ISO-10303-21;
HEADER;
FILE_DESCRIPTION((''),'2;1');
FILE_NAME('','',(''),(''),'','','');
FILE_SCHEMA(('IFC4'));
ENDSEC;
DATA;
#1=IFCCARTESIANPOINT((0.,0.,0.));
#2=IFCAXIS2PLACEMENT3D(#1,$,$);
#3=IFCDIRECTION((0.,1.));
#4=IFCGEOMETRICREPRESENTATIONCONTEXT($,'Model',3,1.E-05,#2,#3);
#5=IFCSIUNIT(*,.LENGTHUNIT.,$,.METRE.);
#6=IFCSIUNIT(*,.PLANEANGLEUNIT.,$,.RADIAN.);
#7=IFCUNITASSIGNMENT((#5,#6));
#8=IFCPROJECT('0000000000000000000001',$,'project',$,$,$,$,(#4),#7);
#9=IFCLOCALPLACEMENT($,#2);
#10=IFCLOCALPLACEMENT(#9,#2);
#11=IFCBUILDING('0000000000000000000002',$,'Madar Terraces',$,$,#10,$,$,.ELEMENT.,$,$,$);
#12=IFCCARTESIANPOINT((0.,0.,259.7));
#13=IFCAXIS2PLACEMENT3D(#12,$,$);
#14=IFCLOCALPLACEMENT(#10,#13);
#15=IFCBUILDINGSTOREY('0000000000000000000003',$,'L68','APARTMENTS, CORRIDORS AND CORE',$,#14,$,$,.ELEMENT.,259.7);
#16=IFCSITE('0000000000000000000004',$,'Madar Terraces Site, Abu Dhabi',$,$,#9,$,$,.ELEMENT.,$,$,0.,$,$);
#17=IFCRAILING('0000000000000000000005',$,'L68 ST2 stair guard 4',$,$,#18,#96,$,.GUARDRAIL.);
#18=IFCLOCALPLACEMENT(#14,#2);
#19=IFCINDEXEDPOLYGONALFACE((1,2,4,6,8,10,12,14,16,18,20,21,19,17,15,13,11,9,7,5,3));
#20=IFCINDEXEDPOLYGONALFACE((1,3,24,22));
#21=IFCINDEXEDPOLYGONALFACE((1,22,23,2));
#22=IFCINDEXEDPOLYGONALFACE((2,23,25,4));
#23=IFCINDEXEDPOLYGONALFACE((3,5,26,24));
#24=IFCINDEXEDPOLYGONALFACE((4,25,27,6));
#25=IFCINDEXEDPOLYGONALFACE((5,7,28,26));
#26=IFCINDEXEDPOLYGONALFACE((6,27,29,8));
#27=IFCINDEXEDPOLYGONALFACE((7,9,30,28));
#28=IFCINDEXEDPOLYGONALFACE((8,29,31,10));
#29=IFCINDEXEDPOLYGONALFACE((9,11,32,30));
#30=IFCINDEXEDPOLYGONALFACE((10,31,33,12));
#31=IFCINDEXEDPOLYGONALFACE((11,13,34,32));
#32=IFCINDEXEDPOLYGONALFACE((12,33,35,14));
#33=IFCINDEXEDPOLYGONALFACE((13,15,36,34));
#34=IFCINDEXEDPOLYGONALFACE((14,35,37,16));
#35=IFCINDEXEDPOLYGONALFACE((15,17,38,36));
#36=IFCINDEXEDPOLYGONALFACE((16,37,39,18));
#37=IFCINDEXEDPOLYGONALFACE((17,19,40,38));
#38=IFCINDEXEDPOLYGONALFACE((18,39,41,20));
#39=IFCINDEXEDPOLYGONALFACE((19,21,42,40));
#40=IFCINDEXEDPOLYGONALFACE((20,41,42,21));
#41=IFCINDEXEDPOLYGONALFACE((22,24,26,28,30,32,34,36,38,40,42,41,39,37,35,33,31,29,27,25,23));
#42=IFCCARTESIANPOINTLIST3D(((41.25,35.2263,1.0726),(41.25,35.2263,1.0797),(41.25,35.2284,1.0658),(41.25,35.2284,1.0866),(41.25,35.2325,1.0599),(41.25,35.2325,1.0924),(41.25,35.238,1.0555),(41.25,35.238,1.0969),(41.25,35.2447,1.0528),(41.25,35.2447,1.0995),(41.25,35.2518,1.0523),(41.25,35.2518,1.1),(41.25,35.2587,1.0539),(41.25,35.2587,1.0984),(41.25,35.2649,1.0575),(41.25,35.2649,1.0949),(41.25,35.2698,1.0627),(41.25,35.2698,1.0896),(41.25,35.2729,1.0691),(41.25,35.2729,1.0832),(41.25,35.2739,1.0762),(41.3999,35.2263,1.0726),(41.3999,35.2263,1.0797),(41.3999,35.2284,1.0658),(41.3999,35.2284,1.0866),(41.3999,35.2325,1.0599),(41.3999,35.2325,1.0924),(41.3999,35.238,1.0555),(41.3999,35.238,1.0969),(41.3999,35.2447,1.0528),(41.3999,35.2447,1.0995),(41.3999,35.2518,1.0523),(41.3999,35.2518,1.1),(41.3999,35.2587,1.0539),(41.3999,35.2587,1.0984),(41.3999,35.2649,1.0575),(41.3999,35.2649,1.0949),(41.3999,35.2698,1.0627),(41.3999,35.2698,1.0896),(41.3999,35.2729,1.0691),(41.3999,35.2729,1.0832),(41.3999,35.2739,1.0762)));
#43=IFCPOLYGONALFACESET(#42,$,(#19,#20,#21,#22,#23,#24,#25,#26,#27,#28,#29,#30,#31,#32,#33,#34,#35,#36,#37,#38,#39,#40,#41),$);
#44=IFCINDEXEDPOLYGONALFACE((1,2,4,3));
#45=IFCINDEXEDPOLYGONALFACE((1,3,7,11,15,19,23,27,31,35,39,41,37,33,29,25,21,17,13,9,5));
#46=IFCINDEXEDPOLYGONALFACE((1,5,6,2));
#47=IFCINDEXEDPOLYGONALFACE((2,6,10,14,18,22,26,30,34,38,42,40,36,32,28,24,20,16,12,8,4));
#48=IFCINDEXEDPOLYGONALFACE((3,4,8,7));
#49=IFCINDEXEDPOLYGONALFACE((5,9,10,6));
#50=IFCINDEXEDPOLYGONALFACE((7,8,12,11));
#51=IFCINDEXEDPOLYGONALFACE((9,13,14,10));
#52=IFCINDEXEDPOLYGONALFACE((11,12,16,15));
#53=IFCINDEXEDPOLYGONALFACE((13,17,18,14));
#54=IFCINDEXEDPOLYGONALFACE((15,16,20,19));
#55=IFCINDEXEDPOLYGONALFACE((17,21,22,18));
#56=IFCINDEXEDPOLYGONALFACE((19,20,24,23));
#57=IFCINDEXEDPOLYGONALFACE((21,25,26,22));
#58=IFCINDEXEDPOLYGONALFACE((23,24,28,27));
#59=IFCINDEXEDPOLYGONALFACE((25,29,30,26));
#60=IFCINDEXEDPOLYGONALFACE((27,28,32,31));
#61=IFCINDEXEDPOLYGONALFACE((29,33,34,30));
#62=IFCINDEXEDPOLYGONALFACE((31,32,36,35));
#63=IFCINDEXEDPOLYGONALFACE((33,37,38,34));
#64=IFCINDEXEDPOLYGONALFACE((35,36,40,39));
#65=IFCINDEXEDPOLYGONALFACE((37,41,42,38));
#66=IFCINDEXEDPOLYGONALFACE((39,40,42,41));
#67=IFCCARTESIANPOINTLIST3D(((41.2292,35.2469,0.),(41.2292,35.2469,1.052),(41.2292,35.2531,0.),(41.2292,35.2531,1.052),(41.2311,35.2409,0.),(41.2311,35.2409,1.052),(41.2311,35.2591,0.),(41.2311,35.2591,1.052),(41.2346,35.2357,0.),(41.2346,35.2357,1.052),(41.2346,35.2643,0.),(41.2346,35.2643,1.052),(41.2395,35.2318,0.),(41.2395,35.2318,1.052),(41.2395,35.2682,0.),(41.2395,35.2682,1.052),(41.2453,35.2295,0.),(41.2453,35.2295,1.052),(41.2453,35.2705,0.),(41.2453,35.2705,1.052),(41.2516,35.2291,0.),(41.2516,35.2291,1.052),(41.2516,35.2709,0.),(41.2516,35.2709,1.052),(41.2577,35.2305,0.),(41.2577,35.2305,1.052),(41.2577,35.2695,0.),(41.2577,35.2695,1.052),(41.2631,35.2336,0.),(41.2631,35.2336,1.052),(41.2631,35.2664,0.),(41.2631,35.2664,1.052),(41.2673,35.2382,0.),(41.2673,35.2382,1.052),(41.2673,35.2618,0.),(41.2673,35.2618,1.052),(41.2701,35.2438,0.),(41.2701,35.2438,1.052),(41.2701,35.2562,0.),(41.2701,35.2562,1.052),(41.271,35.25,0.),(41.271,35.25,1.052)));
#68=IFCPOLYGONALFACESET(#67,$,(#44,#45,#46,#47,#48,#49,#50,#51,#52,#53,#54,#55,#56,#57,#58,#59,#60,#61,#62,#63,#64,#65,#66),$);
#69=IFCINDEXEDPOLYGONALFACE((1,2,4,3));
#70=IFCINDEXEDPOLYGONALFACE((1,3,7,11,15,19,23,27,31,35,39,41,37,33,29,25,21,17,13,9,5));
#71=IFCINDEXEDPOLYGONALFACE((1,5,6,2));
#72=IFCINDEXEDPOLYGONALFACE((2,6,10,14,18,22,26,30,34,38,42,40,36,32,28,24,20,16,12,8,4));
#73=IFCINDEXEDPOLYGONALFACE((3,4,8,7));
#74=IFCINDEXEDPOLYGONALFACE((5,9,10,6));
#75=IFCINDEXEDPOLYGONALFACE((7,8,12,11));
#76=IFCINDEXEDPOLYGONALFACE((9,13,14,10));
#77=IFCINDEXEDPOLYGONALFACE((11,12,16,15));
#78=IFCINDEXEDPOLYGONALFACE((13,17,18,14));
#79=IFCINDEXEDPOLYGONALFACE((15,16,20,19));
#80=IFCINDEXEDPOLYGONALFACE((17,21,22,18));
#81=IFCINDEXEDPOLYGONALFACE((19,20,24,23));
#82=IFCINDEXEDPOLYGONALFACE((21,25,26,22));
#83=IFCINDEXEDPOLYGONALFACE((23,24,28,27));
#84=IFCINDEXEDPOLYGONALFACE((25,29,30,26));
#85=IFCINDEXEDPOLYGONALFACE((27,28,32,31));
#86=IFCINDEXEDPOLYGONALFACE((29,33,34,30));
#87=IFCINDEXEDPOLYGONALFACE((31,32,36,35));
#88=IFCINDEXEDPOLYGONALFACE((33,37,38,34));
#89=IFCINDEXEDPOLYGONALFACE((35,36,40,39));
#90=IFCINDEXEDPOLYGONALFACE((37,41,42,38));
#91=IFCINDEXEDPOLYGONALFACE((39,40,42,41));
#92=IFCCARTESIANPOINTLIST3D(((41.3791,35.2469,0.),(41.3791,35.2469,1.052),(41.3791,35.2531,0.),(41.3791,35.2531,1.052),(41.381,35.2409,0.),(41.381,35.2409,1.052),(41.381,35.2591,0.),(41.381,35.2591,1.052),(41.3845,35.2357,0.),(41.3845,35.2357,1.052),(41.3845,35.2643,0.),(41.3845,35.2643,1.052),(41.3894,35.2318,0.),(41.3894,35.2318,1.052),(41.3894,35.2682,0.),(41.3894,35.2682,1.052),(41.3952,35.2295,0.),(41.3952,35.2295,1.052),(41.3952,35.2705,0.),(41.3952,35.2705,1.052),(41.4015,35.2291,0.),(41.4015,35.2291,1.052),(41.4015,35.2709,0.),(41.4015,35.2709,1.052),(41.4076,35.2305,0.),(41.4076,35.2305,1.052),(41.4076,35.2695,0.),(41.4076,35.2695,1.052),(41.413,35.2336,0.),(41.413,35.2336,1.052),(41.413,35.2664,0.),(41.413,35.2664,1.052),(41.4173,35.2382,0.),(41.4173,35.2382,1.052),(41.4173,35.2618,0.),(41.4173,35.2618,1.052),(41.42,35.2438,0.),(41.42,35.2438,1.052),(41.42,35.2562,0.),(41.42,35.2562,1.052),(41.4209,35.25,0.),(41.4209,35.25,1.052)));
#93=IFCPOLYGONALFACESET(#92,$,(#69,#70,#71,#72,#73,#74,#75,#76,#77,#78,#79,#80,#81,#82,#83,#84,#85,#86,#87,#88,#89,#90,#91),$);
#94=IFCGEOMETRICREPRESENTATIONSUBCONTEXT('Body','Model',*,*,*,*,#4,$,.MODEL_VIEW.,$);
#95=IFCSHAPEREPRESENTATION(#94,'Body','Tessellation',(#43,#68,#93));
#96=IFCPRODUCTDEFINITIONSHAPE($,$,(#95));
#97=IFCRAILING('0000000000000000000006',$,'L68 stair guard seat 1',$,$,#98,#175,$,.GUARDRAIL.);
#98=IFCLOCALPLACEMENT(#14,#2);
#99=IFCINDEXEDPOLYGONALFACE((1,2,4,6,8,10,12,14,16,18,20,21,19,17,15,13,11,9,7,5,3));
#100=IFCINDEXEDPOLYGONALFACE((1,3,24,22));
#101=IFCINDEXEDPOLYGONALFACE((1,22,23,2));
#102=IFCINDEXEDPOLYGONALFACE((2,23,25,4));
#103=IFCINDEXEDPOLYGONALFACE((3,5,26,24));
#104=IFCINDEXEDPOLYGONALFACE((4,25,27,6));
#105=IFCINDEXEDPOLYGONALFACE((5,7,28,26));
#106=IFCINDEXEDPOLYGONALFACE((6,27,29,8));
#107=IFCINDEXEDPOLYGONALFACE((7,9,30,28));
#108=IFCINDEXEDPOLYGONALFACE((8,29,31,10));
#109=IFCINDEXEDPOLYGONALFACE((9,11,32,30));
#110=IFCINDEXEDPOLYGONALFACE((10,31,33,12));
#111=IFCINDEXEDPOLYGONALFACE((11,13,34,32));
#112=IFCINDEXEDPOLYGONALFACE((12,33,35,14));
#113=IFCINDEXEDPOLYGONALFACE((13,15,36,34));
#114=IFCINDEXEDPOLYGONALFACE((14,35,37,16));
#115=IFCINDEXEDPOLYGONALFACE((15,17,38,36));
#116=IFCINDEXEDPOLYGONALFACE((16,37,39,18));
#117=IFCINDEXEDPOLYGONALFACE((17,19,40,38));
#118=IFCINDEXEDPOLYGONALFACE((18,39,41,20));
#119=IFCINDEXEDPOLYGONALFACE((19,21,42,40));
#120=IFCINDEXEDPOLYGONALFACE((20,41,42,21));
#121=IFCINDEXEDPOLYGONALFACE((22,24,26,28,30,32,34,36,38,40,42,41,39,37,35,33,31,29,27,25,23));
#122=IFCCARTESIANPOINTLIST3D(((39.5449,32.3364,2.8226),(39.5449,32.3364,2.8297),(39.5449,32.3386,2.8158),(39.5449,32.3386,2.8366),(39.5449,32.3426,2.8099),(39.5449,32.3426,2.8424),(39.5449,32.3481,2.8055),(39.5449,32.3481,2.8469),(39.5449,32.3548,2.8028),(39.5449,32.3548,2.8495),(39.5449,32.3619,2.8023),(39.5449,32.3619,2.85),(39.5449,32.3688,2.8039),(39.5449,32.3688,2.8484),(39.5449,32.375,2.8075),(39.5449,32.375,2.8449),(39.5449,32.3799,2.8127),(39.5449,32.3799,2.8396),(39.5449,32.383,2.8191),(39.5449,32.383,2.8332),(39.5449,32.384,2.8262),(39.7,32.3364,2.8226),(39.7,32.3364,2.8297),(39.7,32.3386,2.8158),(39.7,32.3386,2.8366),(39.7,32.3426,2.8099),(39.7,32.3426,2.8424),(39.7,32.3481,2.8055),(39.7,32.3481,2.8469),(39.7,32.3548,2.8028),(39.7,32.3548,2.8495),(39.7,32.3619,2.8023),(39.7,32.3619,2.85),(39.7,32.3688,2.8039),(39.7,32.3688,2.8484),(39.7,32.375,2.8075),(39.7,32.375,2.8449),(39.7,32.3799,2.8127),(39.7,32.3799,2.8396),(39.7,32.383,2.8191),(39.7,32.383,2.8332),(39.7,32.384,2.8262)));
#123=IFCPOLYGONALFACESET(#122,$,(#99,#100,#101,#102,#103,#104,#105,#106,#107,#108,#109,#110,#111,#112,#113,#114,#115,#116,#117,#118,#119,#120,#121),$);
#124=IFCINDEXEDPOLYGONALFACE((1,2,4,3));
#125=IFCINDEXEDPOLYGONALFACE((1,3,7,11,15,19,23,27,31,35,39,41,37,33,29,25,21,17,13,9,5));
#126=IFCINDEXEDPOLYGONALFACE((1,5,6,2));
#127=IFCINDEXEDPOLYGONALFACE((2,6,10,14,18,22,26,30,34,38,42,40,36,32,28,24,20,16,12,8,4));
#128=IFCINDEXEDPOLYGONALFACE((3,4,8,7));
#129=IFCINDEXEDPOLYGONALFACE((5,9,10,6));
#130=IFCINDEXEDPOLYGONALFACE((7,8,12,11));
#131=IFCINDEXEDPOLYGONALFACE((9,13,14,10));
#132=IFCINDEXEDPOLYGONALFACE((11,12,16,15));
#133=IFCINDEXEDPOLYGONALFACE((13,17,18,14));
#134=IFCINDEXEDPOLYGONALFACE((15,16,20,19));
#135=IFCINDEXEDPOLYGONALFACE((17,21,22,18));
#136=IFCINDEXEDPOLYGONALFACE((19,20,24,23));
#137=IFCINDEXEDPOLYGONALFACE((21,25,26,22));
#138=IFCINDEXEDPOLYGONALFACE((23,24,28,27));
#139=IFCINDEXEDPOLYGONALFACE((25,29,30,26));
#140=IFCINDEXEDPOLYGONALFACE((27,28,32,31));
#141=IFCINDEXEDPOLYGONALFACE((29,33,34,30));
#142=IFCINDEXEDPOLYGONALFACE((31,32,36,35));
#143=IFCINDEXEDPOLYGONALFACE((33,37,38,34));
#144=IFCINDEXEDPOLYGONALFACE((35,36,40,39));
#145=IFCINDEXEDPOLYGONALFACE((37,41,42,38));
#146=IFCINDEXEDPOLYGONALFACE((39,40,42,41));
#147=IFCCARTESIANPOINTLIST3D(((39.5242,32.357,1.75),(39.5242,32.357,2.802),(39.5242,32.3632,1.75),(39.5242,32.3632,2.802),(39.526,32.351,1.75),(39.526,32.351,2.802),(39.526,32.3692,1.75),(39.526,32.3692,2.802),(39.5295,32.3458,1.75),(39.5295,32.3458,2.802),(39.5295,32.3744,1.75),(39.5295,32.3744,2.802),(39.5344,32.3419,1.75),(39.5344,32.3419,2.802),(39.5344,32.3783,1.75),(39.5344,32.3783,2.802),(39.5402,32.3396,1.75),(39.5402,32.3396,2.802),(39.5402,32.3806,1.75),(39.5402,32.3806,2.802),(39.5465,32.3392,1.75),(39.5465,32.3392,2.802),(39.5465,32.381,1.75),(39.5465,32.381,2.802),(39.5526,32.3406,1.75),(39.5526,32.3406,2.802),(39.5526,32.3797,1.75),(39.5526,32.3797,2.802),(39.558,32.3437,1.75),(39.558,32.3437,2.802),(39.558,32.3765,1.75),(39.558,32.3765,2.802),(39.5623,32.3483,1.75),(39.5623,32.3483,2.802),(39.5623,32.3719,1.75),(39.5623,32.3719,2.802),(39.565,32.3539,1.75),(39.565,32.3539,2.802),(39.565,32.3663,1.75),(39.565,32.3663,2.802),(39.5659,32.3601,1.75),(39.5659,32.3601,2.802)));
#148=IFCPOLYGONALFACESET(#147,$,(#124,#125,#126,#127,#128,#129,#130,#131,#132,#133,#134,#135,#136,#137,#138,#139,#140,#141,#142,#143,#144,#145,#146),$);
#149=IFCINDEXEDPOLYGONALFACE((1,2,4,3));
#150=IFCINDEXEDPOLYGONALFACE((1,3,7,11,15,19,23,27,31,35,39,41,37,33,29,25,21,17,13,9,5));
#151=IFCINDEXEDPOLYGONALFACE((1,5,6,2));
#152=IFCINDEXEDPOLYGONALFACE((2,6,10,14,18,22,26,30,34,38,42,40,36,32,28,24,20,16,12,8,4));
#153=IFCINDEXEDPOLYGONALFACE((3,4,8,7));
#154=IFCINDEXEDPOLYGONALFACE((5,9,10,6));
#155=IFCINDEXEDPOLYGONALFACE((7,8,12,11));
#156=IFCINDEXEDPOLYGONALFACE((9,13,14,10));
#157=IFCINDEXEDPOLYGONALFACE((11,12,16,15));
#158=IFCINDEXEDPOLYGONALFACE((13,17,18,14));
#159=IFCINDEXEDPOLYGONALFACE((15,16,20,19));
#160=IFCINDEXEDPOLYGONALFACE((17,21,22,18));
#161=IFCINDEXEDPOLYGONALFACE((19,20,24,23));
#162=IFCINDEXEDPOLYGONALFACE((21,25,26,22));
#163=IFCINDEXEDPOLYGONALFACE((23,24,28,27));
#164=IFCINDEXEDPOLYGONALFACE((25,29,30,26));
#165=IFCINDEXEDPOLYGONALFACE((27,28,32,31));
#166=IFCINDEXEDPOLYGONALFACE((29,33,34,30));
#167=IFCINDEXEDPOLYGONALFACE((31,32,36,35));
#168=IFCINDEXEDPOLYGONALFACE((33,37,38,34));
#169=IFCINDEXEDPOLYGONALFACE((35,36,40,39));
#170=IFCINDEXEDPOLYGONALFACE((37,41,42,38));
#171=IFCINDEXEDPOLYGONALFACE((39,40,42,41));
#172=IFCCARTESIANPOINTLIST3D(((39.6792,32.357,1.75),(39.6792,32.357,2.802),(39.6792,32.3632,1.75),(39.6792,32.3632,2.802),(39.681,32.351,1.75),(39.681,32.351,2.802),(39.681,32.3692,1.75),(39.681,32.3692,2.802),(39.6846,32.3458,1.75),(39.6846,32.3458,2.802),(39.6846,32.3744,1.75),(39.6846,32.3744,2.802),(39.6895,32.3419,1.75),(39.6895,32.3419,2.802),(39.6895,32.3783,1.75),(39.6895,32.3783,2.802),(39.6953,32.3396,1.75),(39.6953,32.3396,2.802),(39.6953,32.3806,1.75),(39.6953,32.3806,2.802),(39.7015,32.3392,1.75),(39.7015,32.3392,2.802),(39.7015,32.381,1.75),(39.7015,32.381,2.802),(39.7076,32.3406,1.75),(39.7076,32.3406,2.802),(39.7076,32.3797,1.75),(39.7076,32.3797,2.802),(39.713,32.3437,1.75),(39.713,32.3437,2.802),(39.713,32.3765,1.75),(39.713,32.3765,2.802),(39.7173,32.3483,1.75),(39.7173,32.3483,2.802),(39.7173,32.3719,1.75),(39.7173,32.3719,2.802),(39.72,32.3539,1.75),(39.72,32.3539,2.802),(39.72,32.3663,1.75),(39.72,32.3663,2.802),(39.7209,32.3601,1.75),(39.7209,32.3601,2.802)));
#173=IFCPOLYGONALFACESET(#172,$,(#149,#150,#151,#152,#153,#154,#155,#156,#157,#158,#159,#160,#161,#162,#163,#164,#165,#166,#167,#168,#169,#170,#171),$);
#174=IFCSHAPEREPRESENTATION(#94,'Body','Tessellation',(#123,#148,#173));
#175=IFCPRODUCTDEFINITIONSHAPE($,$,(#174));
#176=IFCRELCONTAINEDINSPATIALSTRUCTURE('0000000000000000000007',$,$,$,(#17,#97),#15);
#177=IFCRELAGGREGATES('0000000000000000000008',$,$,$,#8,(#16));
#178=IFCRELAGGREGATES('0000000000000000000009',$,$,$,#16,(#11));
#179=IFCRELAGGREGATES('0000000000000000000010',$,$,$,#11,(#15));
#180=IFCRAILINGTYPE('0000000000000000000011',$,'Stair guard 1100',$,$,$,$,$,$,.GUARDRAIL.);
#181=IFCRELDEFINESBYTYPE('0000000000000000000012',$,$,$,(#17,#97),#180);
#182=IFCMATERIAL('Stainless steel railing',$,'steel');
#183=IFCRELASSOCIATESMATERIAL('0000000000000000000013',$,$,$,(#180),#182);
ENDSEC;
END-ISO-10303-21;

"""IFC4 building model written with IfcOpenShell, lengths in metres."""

from ifc_helpers import new_model, si_unit, direction, frame, origin, origin_2d, place, context, subcontext, project, spatial, circle, extrude, material, type_object, element, save


model = new_model("IFC4")

# Units and contexts
model_context = context("Model", 3, precision=1e-05, world=origin(), true_north=direction((0.0, 1.0)))
body_context = subcontext(model_context, "Body", "Model", "MODEL_VIEW")
ifc_project = project(units=[si_unit("LENGTHUNIT", "METRE"), si_unit("PLANEANGLEUNIT", "RADIAN")], contexts=[model_context])

# Site, building, storey
site_placement = place(None, origin())
site = spatial("IfcSite", under=ifc_project, at=site_placement, Name="Madar Terraces Site, Abu Dhabi", CompositionType="ELEMENT", RefElevation=0.0)
building_placement = place(site_placement, origin())
building = spatial("IfcBuilding", under=site, at=building_placement, Name="Madar Terraces", CompositionType="ELEMENT")
storey_placement = place(building_placement, frame((0.0, 0.0, 259.7)))
storey = spatial("IfcBuildingStorey", under=building, at=storey_placement, Name="L68", Description="APARTMENTS, CORRIDORS AND CORE", CompositionType="ELEMENT", Elevation=259.7)

# Railings
ifc_material_1 = material(Name="Stainless steel railing", Category="steel")
railing_type_1 = type_object("IfcRailingType", Name="Stair guard 1100", PredefinedType="GUARDRAIL", material=ifc_material_1)
railing_1_placement = place(storey_placement, frame((41.25, 35.25, 0.0)))
element("IfcRailing", 1, at=railing_1_placement, inside=storey, type_object=railing_type_1, Name="L68 ST2 stair guard 4", PredefinedType="GUARDRAIL", context=body_context, shape_type="SweptSolid", body=[
    extrude(circle(Radius=0.0239, at=origin_2d()), frame((0.0, 0.0, 1.0762), z_axis=(1.0, 0.0, 0.0), x_axis=(0.0, 1.0, 0.0)), (0.0, 0.0, 1.0), 0.1499),
    extrude(circle(Radius=0.021, at=origin_2d()), origin(), (0.0, 0.0, 1.0), 1.052),
    extrude(circle(Radius=0.021, at=origin_2d()), frame((0.1499, 0.0, 0.0)), (0.0, 0.0, 1.0), 1.052),
])
for number, where, name in (
    (2, (39.5449, 32.3601, 1.75), "L68 stair guard seat 1"),
):
    element("IfcRailing", number, at=place(storey_placement, frame(where)), inside=storey, type_object=railing_type_1, Name=name, PredefinedType="GUARDRAIL", context=body_context, shape_type="SweptSolid", body=[
        extrude(circle(Radius=0.0239, at=origin_2d()), frame((0.0, 0.0, 1.0762), z_axis=(1.0, 0.0, 0.0), x_axis=(0.0, 1.0, 0.0)), (0.0, 0.0, 1.0), 0.155),
        extrude(circle(Radius=0.021, at=origin_2d()), origin(), (0.0, 0.0, 1.0), 1.052),
        extrude(circle(Radius=0.021, at=origin_2d()), frame((0.155, 0.0, 0.0)), (0.0, 0.0, 1.0), 1.052),
    ])

save(model, "model.ifc")
